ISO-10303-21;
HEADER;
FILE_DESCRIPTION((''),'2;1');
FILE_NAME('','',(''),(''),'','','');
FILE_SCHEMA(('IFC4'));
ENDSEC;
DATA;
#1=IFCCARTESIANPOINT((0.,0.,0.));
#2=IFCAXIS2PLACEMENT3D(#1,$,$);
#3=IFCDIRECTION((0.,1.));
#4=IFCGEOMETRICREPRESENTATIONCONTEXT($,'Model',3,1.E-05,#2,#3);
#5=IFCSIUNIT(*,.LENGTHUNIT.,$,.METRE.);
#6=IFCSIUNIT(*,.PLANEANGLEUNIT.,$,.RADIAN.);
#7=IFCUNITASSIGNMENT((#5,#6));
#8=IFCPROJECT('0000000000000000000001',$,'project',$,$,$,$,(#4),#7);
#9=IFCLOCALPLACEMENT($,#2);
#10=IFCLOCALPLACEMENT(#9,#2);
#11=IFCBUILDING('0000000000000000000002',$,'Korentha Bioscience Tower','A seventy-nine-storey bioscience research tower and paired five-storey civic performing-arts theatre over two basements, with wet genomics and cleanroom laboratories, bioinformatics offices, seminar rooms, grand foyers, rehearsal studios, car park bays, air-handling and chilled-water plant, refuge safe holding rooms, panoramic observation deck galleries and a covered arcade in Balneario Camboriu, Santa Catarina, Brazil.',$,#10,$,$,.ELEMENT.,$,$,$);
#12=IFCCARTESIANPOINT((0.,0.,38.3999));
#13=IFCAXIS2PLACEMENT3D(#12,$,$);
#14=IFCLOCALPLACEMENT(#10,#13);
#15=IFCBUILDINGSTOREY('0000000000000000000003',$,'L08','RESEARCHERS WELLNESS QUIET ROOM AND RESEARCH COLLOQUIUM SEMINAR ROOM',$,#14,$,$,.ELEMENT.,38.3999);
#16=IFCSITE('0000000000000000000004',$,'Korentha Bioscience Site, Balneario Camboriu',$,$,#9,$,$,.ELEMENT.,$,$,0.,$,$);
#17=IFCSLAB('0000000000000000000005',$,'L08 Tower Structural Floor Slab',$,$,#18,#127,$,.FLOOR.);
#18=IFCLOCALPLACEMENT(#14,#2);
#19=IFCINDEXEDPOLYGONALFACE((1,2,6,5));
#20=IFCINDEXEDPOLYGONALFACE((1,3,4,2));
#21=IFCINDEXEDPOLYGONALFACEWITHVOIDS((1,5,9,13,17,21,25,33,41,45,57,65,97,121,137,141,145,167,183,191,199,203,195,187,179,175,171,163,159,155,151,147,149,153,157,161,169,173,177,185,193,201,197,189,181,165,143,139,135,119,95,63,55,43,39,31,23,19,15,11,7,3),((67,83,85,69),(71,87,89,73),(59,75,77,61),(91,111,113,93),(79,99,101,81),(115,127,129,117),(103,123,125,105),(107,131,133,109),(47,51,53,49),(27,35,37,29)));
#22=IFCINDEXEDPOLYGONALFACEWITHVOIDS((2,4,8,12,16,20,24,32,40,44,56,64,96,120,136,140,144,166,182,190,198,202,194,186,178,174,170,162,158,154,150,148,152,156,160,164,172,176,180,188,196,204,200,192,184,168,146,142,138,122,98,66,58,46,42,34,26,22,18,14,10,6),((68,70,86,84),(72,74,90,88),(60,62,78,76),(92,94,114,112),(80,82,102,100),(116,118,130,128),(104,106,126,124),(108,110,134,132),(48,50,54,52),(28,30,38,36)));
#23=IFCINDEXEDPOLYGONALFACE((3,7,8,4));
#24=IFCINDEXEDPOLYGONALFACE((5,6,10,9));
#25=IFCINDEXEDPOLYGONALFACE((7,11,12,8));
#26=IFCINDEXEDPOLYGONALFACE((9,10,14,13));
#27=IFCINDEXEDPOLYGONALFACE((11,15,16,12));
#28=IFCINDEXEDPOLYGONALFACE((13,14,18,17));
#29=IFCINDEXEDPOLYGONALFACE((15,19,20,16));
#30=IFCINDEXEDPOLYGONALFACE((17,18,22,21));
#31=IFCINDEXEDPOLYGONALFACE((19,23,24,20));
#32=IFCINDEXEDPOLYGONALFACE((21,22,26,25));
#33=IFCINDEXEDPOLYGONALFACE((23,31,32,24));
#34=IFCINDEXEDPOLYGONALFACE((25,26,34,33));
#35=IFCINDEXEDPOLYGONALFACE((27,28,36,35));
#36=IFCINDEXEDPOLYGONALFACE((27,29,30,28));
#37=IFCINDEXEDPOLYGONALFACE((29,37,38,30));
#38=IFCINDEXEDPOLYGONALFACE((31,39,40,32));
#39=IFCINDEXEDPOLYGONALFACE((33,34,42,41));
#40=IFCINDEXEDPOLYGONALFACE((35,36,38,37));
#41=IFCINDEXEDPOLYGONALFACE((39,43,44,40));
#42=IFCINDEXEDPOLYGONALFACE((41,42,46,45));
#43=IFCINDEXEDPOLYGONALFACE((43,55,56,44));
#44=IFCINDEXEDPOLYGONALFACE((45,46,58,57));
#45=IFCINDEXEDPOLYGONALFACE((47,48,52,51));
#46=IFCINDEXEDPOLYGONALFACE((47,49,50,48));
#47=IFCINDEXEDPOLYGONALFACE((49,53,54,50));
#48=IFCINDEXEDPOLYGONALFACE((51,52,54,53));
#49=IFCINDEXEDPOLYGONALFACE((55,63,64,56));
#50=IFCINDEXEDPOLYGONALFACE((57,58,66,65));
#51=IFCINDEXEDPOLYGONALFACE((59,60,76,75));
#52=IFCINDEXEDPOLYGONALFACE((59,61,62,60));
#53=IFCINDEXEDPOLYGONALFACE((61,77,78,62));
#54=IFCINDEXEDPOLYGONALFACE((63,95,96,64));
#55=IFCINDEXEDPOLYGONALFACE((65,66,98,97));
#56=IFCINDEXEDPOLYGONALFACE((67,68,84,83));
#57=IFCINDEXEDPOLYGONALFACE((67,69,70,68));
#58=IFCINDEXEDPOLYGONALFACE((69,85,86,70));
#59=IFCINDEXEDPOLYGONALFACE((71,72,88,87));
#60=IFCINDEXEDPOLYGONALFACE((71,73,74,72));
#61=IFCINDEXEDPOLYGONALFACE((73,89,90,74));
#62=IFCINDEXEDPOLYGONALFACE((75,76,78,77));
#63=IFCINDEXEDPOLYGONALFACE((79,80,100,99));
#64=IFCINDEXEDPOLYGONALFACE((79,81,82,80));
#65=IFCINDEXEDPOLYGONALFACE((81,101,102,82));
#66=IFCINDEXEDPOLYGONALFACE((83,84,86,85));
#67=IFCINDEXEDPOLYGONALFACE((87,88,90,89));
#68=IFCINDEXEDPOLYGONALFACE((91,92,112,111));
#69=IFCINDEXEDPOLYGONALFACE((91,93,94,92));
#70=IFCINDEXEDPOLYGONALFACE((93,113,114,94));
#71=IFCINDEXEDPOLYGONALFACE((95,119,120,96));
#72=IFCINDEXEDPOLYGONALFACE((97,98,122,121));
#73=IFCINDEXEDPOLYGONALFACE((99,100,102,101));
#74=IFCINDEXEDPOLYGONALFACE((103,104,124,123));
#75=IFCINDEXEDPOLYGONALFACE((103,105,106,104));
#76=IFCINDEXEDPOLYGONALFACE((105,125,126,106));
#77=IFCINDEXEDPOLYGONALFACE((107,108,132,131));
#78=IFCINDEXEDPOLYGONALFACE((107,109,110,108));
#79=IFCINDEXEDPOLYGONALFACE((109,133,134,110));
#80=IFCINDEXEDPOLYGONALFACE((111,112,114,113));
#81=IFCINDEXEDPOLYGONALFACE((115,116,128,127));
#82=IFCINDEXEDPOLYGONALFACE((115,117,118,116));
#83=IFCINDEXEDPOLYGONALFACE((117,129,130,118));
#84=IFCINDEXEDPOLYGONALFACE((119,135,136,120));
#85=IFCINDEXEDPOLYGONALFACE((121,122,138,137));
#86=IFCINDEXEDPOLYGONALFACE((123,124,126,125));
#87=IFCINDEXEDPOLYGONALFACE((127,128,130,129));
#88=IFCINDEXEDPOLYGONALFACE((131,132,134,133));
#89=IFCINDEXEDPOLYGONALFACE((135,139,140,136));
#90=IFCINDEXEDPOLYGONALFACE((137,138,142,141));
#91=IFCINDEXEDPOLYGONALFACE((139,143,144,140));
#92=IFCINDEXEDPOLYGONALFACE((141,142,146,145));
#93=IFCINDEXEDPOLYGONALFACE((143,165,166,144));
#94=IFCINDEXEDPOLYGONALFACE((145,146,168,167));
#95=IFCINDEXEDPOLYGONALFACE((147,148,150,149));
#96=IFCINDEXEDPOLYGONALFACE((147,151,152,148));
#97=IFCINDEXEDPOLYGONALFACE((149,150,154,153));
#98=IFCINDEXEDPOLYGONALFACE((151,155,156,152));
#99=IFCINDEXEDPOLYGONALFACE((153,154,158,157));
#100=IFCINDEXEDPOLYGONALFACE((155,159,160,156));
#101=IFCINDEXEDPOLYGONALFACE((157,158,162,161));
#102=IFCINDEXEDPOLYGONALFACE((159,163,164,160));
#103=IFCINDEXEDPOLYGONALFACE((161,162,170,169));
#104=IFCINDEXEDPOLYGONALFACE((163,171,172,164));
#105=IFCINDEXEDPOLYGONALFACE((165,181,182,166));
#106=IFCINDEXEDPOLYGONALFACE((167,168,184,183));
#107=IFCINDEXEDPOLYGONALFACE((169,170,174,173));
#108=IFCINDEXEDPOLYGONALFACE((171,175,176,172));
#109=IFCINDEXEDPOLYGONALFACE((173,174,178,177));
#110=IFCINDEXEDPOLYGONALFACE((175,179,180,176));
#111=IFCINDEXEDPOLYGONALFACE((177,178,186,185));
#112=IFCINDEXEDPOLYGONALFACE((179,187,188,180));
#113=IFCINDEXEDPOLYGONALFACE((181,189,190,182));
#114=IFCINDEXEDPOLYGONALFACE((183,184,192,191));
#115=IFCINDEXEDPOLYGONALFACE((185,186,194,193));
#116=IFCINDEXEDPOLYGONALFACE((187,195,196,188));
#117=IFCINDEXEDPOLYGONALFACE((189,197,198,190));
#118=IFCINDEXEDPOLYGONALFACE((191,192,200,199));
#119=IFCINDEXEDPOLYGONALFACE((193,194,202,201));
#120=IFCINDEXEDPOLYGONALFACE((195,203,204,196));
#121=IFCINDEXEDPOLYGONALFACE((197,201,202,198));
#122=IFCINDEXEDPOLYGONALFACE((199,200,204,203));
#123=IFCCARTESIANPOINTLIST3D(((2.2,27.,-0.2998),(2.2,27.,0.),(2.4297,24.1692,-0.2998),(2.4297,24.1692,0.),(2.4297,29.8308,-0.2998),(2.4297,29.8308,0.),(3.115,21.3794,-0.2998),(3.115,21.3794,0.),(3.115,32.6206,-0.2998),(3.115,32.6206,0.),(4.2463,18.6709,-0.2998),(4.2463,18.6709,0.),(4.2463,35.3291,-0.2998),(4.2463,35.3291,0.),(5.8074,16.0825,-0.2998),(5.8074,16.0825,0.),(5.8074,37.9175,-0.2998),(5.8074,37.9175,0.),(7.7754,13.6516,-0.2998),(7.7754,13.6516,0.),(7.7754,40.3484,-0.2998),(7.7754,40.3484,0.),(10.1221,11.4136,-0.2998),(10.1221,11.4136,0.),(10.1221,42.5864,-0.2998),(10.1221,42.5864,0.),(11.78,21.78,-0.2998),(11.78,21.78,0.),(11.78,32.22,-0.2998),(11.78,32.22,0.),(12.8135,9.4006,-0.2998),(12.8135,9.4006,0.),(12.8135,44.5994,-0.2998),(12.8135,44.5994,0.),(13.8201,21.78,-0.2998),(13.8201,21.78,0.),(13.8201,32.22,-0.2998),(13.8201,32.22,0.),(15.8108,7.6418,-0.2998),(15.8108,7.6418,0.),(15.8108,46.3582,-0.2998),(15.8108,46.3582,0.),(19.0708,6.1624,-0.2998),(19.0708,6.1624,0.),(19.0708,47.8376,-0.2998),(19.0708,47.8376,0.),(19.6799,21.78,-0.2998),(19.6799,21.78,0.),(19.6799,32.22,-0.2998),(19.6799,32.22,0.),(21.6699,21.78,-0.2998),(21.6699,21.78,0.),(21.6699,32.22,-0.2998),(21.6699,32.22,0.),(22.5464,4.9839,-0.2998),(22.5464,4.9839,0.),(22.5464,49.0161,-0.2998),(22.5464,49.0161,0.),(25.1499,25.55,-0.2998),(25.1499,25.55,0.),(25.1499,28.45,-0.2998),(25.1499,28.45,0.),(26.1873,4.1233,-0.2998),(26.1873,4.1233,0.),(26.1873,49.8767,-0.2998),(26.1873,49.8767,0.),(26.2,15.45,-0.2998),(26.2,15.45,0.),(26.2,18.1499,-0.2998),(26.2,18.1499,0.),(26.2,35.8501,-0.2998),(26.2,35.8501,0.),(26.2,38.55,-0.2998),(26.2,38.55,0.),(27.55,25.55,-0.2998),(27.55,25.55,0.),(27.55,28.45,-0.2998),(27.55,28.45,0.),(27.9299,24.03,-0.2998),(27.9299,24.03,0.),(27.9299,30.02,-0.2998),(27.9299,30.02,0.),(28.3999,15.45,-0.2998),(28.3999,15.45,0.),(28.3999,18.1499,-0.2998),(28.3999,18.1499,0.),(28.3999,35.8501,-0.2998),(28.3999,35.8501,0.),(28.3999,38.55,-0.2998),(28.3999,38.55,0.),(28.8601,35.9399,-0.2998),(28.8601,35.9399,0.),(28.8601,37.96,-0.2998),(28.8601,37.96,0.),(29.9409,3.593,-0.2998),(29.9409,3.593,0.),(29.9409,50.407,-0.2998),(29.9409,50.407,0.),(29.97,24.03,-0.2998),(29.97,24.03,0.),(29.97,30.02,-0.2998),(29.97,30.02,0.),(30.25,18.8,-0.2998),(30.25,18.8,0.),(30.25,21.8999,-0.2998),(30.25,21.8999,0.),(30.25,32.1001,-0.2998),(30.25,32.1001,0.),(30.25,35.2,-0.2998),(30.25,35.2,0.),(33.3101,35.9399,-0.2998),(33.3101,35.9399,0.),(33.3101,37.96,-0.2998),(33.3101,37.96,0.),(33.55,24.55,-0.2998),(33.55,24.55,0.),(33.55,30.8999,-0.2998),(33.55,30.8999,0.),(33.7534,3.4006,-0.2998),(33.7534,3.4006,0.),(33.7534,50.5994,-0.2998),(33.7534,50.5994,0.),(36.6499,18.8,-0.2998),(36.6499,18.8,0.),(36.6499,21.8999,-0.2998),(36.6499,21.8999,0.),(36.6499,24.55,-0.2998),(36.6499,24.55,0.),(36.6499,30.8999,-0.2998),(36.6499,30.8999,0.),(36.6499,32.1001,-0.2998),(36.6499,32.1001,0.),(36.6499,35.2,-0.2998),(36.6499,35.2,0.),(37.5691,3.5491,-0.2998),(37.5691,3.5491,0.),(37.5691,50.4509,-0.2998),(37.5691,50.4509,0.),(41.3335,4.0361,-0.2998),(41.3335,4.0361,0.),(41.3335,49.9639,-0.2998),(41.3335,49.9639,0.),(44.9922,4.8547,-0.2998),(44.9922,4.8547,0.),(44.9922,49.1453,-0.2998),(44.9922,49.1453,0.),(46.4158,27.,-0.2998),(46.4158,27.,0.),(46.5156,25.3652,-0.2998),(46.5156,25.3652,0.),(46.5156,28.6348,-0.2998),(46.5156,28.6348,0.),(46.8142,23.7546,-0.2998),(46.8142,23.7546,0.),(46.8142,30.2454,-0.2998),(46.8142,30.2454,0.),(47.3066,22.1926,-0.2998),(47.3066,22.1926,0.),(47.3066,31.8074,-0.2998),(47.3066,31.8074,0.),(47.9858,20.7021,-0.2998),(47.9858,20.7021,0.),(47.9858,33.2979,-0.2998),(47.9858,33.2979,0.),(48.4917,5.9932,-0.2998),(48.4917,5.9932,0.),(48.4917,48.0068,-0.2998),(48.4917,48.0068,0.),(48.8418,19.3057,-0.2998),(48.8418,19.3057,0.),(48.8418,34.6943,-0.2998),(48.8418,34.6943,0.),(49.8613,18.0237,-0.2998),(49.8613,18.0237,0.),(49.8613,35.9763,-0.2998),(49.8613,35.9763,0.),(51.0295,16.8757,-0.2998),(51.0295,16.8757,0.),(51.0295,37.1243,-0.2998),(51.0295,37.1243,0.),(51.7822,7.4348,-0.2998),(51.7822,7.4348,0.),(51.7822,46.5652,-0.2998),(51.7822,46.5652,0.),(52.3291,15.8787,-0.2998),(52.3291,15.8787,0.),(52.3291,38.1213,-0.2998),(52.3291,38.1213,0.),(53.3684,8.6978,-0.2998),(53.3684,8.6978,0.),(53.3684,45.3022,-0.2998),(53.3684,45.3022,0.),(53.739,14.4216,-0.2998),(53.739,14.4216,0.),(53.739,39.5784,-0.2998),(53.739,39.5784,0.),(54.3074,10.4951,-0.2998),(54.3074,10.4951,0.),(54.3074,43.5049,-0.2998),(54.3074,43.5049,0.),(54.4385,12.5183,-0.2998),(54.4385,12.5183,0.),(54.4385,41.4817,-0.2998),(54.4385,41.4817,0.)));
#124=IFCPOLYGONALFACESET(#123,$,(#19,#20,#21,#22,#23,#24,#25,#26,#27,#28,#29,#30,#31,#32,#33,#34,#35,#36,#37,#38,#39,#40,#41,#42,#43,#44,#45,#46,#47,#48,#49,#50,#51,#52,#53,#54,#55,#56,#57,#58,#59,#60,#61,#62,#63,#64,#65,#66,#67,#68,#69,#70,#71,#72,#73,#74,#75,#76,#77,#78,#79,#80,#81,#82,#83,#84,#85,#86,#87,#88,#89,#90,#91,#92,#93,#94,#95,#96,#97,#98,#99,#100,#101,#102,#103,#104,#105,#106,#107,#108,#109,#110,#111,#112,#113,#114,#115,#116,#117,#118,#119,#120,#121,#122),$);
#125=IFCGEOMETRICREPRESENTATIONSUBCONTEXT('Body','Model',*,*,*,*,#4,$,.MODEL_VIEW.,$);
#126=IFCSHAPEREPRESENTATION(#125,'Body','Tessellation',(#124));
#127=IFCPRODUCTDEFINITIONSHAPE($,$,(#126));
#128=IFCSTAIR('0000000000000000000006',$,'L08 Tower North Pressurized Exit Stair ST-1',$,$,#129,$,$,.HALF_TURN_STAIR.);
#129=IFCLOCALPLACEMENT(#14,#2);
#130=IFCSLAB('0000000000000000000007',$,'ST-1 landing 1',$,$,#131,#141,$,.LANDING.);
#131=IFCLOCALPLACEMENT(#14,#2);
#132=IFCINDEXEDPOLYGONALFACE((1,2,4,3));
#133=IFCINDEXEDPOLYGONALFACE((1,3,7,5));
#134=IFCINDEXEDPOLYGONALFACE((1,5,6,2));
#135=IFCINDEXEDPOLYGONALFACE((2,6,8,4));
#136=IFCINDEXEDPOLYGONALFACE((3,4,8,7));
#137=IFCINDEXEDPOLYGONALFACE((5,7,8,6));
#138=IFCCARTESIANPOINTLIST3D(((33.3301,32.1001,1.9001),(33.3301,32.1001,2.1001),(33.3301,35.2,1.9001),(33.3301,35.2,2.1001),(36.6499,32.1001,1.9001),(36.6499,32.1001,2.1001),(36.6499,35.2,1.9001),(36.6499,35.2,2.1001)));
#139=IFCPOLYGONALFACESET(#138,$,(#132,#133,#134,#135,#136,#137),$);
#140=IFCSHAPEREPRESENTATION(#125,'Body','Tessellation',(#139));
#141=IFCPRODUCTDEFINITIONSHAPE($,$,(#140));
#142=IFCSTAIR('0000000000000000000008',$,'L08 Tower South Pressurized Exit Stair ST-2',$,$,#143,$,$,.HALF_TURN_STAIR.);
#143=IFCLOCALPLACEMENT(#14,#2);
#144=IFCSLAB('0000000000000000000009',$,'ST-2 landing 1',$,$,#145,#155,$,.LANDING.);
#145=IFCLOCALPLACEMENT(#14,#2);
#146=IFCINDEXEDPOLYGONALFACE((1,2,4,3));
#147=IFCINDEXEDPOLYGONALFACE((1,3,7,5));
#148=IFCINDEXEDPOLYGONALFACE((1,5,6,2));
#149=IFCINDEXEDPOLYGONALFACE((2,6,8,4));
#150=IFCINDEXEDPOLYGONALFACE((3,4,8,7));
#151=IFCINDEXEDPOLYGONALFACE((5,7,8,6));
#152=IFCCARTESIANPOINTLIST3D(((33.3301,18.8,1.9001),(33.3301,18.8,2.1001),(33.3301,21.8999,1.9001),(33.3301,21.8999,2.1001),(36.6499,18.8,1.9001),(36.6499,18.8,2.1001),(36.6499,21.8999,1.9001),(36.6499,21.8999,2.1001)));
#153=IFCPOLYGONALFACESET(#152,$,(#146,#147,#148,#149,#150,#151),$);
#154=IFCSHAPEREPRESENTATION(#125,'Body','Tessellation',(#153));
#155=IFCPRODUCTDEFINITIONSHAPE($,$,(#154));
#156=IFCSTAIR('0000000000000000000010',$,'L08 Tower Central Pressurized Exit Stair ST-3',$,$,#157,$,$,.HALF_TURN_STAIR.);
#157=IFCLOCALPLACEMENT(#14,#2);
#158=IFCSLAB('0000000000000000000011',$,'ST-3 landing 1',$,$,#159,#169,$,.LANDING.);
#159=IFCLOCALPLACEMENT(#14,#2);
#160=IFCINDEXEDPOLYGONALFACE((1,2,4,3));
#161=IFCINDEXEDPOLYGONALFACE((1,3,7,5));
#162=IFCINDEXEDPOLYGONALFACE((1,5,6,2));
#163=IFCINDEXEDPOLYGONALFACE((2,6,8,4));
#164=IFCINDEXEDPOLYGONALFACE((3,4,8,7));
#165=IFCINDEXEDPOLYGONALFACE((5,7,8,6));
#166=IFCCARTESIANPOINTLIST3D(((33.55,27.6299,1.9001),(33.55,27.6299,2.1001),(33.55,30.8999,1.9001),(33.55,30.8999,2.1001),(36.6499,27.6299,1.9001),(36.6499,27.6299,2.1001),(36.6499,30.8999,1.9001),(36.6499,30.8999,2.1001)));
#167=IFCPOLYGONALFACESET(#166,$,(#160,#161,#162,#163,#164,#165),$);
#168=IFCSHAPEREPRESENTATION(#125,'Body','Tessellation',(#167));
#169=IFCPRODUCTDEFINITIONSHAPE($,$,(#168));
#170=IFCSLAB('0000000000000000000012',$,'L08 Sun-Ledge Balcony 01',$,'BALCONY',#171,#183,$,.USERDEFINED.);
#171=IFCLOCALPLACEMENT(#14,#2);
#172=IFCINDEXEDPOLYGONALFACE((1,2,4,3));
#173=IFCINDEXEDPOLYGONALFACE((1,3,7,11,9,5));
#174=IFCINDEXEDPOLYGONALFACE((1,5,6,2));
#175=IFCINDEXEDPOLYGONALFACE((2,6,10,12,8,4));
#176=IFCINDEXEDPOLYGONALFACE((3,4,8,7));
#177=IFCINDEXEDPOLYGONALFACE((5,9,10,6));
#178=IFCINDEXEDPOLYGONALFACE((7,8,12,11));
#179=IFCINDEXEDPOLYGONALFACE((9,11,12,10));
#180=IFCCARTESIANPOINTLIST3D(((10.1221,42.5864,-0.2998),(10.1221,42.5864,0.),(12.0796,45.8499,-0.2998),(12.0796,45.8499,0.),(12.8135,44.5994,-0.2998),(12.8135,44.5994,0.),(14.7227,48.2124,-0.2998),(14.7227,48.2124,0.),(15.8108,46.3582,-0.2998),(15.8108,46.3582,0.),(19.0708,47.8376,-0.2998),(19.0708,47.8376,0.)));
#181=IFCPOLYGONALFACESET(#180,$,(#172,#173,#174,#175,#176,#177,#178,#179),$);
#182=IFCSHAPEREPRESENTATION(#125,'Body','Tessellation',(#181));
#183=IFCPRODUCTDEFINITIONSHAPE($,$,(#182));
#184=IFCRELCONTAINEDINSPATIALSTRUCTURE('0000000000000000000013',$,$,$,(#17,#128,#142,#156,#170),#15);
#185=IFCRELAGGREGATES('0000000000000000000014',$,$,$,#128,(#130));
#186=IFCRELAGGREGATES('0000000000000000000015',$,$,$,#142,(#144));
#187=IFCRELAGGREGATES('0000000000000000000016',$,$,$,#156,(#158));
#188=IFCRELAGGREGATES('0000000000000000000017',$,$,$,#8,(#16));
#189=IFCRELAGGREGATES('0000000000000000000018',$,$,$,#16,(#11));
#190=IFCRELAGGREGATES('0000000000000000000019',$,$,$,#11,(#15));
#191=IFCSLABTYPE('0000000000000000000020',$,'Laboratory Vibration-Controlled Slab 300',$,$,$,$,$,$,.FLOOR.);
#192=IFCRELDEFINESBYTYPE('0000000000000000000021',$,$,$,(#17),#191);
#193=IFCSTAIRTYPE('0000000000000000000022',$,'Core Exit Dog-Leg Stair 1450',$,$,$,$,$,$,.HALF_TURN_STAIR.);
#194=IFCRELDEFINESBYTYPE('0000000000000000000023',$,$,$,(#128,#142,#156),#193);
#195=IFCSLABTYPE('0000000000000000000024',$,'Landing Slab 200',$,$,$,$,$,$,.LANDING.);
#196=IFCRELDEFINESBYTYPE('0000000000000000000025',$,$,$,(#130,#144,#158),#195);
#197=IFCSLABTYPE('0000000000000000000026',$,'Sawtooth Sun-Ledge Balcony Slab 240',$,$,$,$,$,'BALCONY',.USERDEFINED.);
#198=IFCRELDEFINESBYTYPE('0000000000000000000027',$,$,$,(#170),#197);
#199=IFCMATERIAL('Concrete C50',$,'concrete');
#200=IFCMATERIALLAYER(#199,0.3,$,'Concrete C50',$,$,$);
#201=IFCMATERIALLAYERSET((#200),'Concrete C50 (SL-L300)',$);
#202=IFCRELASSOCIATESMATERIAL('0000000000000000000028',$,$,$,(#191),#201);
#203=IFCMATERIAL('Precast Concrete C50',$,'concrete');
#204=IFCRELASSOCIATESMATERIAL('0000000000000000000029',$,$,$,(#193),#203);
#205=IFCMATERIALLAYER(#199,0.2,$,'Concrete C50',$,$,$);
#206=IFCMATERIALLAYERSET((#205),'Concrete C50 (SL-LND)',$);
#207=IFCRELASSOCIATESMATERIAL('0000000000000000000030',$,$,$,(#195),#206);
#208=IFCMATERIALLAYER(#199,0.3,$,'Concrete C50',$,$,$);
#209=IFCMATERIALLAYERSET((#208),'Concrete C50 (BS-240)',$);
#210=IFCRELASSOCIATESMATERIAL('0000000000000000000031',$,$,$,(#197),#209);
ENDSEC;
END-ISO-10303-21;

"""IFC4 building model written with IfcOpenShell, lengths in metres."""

from ifc_helpers import new_model, si_unit, direction, frame, origin, place, context, subcontext, project, spatial, polyline, outline, extrude, material, layer, layer_set, type_object, element, aggregate, save


model = new_model("IFC4")

# Units and contexts
model_context = context("Model", 3, precision=1e-05, world=origin(), true_north=direction((0.0, 1.0)))
body_context = subcontext(model_context, "Body", "Model", "MODEL_VIEW")
ifc_project = project(units=[si_unit("LENGTHUNIT", "METRE"), si_unit("PLANEANGLEUNIT", "RADIAN")], contexts=[model_context])

# Site, building, storey
site_placement = place(None, origin())
site = spatial("IfcSite", under=ifc_project, at=site_placement, Name="Korentha Bioscience Site, Balneario Camboriu", CompositionType="ELEMENT", RefElevation=0.0)
building_placement = place(site_placement, origin())
building = spatial("IfcBuilding", under=site, at=building_placement, Name="Korentha Bioscience Tower", Description="A seventy-nine-storey bioscience research tower and paired five-storey civic performing-arts theatre over two basements, with wet genomics and cleanroom laboratories, bioinformatics offices, seminar rooms, grand foyers, rehearsal studios, car park bays, air-handling and chilled-water plant, refuge safe holding rooms, panoramic observation deck galleries and a covered arcade in Balneario Camboriu, Santa Catarina, Brazil.", CompositionType="ELEMENT")
storey_placement = place(building_placement, frame((0.0, 0.0, 38.3999)))
storey = spatial("IfcBuildingStorey", under=building, at=storey_placement, Name="L08", Description="RESEARCHERS WELLNESS QUIET ROOM AND RESEARCH COLLOQUIUM SEMINAR ROOM", CompositionType="ELEMENT", Elevation=38.3999)

# Slab
ifc_material_1 = material(Name="Concrete C50", Category="concrete")
ifc_layer_1 = layer(ifc_material_1, 0.3, Name="Concrete C50")
ifc_layer_set_1 = layer_set([ifc_layer_1], Name="Concrete C50 (SL-L300)")
slab_type_1 = type_object("IfcSlabType", Name="Laboratory Vibration-Controlled Slab 300", PredefinedType="FLOOR", material=ifc_layer_set_1)
slab_1_placement = place(storey_placement, frame((0.0, 0.0, -0.2998)))
element("IfcSlab", 1, at=slab_1_placement, inside=storey, type_object=slab_type_1, Name="L08 Tower Structural Floor Slab", PredefinedType="FLOOR", context=body_context, shape_type="SweptSolid", body=[
    extrude(outline(polyline([(51.7822, 46.5652), (48.4917, 48.0068), (44.9922, 49.1453), (41.3335, 49.9639), (37.5691, 50.4509), (33.7534, 50.5994), (29.9409, 50.407), (26.1873, 49.8767), (22.5464, 49.0161), (19.0708, 47.8376), (15.8108, 46.3582), (12.8135, 44.5994), (10.1221, 42.5864), (7.7754, 40.3484), (5.8074, 37.9175), (4.2463, 35.3291), (3.115, 32.6206), (2.4297, 29.8308), (2.2, 27.0), (2.4297, 24.1692), (3.115, 21.3794), (4.2463, 18.6709), (5.8074, 16.0825), (7.7754, 13.6516), (10.1221, 11.4136), (12.8135, 9.4006), (15.8108, 7.6418), (19.0708, 6.1624), (22.5464, 4.9839), (26.1873, 4.1233), (29.9409, 3.593), (33.7534, 3.4006), (37.5691, 3.5491), (41.3335, 4.0361), (44.9922, 4.8547), (48.4917, 5.9932), (51.7822, 7.4348), (53.3684, 8.6978), (54.3074, 10.4951), (54.4385, 12.5183), (53.739, 14.4216), (52.3291, 15.8787), (51.0295, 16.8757), (49.8613, 18.0237), (48.8418, 19.3057), (47.9858, 20.7021), (47.3066, 22.1926), (46.8142, 23.7546), (46.5156, 25.3652), (46.4158, 27.0), (46.5156, 28.6348), (46.8142, 30.2454), (47.3066, 31.8074), (47.9858, 33.2979), (48.8418, 34.6943), (49.8613, 35.9763), (51.0295, 37.1243), (52.3291, 38.1213), (53.739, 39.5784), (54.4385, 41.4817), (54.3074, 43.5049), (53.3684, 45.3022), (51.7822, 46.5652)]), holes=[polyline([(30.25, 32.1001), (36.6499, 32.1001), (36.6499, 35.2), (30.25, 35.2), (30.25, 32.1001)]), polyline([(30.25, 18.8), (36.6499, 18.8), (36.6499, 21.8999), (30.25, 21.8999), (30.25, 18.8)]), polyline([(36.6499, 24.55), (36.6499, 30.8999), (33.55, 30.8999), (33.55, 24.55), (36.6499, 24.55)]), polyline([(11.78, 21.78), (13.8201, 21.78), (13.8201, 32.22), (11.78, 32.22), (11.78, 21.78)]), polyline([(19.6799, 21.78), (21.6699, 21.78), (21.6699, 32.22), (19.6799, 32.22), (19.6799, 21.78)]), polyline([(27.9299, 24.03), (29.97, 24.03), (29.97, 30.02), (27.9299, 30.02), (27.9299, 24.03)]), polyline([(28.8601, 35.9399), (33.3101, 35.9399), (33.3101, 37.96), (28.8601, 37.96), (28.8601, 35.9399)]), polyline([(26.2, 15.45), (28.3999, 15.45), (28.3999, 18.1499), (26.2, 18.1499), (26.2, 15.45)]), polyline([(26.2, 35.8501), (28.3999, 35.8501), (28.3999, 38.55), (26.2, 38.55), (26.2, 35.8501)]), polyline([(25.1499, 25.55), (27.55, 25.55), (27.55, 28.45), (25.1499, 28.45), (25.1499, 25.55)])]), origin(), (0.0, 0.0, 1.0), 0.2998),
])

# Stairs, slabs
ifc_material_2 = material(Name="Precast Concrete C50", Category="concrete")
stair_type = type_object("IfcStairType", Name="Core Exit Dog-Leg Stair 1450", PredefinedType="HALF_TURN_STAIR", material=ifc_material_2)
stair_1_placement = place(storey_placement, origin())
stair_1 = element("IfcStair", 2, at=stair_1_placement, inside=storey, type_object=stair_type, Name="L08 Tower North Pressurized Exit Stair ST-1", PredefinedType="HALF_TURN_STAIR")
ifc_layer_2 = layer(ifc_material_1, 0.2, Name="Concrete C50")
ifc_layer_set_2 = layer_set([ifc_layer_2], Name="Concrete C50 (SL-LND)")
slab_type_2 = type_object("IfcSlabType", Name="Landing Slab 200", PredefinedType="LANDING", material=ifc_layer_set_2)
slab_2_placement = place(storey_placement, frame((0.0, 0.0, 1.9001)))
slab_2 = element("IfcSlab", 3, at=slab_2_placement, type_object=slab_type_2, Name="ST-1 landing 1", PredefinedType="LANDING", context=body_context, shape_type="SweptSolid", body=[
    extrude(outline(polyline([(33.3301, 32.1001), (36.6499, 32.1001), (36.6499, 35.2), (33.3301, 35.2), (33.3301, 32.1001)])), origin(), (0.0, 0.0, 1.0), 0.2),
])
aggregate(stair_1, [slab_2])
stair_2_placement = place(storey_placement, origin())
stair_2 = element("IfcStair", 4, at=stair_2_placement, inside=storey, type_object=stair_type, Name="L08 Tower South Pressurized Exit Stair ST-2", PredefinedType="HALF_TURN_STAIR")
slab_3_placement = place(storey_placement, frame((0.0, 0.0, 1.9001)))
slab_3 = element("IfcSlab", 5, at=slab_3_placement, type_object=slab_type_2, Name="ST-2 landing 1", PredefinedType="LANDING", context=body_context, shape_type="SweptSolid", body=[
    extrude(outline(polyline([(33.3301, 18.8), (36.6499, 18.8), (36.6499, 21.8999), (33.3301, 21.8999), (33.3301, 18.8)])), origin(), (0.0, 0.0, 1.0), 0.2),
])
aggregate(stair_2, [slab_3])
stair_3_placement = place(storey_placement, origin())
stair_3 = element("IfcStair", 6, at=stair_3_placement, inside=storey, type_object=stair_type, Name="L08 Tower Central Pressurized Exit Stair ST-3", PredefinedType="HALF_TURN_STAIR")
slab_4_placement = place(storey_placement, frame((0.0, 0.0, 1.9001)))
slab_4 = element("IfcSlab", 7, at=slab_4_placement, type_object=slab_type_2, Name="ST-3 landing 1", PredefinedType="LANDING", context=body_context, shape_type="SweptSolid", body=[
    extrude(outline(polyline([(36.6499, 27.6299), (36.6499, 30.8999), (33.55, 30.8999), (33.55, 27.6299), (36.6499, 27.6299)])), origin(), (0.0, 0.0, 1.0), 0.2),
])
aggregate(stair_3, [slab_4])

# Slab
ifc_layer_3 = layer(ifc_material_1, 0.3, Name="Concrete C50")
ifc_layer_set_3 = layer_set([ifc_layer_3], Name="Concrete C50 (BS-240)")
slab_type_3 = type_object("IfcSlabType", Name="Sawtooth Sun-Ledge Balcony Slab 240", ElementType="BALCONY", PredefinedType="USERDEFINED", material=ifc_layer_set_3)
slab_5_placement = place(storey_placement, frame((0.0, 0.0, -0.2998)))
element("IfcSlab", 8, at=slab_5_placement, inside=storey, type_object=slab_type_3, Name="L08 Sun-Ledge Balcony 01", ObjectType="BALCONY", PredefinedType="USERDEFINED", context=body_context, shape_type="SweptSolid", body=[
    extrude(outline(polyline([(10.1221, 42.5864), (12.8135, 44.5994), (15.8108, 46.3582), (19.0708, 47.8376), (14.7227, 48.2124), (12.0796, 45.8499), (10.1221, 42.5864)])), origin(), (0.0, 0.0, 1.0), 0.2998),
])

save(model, "model.ifc")
